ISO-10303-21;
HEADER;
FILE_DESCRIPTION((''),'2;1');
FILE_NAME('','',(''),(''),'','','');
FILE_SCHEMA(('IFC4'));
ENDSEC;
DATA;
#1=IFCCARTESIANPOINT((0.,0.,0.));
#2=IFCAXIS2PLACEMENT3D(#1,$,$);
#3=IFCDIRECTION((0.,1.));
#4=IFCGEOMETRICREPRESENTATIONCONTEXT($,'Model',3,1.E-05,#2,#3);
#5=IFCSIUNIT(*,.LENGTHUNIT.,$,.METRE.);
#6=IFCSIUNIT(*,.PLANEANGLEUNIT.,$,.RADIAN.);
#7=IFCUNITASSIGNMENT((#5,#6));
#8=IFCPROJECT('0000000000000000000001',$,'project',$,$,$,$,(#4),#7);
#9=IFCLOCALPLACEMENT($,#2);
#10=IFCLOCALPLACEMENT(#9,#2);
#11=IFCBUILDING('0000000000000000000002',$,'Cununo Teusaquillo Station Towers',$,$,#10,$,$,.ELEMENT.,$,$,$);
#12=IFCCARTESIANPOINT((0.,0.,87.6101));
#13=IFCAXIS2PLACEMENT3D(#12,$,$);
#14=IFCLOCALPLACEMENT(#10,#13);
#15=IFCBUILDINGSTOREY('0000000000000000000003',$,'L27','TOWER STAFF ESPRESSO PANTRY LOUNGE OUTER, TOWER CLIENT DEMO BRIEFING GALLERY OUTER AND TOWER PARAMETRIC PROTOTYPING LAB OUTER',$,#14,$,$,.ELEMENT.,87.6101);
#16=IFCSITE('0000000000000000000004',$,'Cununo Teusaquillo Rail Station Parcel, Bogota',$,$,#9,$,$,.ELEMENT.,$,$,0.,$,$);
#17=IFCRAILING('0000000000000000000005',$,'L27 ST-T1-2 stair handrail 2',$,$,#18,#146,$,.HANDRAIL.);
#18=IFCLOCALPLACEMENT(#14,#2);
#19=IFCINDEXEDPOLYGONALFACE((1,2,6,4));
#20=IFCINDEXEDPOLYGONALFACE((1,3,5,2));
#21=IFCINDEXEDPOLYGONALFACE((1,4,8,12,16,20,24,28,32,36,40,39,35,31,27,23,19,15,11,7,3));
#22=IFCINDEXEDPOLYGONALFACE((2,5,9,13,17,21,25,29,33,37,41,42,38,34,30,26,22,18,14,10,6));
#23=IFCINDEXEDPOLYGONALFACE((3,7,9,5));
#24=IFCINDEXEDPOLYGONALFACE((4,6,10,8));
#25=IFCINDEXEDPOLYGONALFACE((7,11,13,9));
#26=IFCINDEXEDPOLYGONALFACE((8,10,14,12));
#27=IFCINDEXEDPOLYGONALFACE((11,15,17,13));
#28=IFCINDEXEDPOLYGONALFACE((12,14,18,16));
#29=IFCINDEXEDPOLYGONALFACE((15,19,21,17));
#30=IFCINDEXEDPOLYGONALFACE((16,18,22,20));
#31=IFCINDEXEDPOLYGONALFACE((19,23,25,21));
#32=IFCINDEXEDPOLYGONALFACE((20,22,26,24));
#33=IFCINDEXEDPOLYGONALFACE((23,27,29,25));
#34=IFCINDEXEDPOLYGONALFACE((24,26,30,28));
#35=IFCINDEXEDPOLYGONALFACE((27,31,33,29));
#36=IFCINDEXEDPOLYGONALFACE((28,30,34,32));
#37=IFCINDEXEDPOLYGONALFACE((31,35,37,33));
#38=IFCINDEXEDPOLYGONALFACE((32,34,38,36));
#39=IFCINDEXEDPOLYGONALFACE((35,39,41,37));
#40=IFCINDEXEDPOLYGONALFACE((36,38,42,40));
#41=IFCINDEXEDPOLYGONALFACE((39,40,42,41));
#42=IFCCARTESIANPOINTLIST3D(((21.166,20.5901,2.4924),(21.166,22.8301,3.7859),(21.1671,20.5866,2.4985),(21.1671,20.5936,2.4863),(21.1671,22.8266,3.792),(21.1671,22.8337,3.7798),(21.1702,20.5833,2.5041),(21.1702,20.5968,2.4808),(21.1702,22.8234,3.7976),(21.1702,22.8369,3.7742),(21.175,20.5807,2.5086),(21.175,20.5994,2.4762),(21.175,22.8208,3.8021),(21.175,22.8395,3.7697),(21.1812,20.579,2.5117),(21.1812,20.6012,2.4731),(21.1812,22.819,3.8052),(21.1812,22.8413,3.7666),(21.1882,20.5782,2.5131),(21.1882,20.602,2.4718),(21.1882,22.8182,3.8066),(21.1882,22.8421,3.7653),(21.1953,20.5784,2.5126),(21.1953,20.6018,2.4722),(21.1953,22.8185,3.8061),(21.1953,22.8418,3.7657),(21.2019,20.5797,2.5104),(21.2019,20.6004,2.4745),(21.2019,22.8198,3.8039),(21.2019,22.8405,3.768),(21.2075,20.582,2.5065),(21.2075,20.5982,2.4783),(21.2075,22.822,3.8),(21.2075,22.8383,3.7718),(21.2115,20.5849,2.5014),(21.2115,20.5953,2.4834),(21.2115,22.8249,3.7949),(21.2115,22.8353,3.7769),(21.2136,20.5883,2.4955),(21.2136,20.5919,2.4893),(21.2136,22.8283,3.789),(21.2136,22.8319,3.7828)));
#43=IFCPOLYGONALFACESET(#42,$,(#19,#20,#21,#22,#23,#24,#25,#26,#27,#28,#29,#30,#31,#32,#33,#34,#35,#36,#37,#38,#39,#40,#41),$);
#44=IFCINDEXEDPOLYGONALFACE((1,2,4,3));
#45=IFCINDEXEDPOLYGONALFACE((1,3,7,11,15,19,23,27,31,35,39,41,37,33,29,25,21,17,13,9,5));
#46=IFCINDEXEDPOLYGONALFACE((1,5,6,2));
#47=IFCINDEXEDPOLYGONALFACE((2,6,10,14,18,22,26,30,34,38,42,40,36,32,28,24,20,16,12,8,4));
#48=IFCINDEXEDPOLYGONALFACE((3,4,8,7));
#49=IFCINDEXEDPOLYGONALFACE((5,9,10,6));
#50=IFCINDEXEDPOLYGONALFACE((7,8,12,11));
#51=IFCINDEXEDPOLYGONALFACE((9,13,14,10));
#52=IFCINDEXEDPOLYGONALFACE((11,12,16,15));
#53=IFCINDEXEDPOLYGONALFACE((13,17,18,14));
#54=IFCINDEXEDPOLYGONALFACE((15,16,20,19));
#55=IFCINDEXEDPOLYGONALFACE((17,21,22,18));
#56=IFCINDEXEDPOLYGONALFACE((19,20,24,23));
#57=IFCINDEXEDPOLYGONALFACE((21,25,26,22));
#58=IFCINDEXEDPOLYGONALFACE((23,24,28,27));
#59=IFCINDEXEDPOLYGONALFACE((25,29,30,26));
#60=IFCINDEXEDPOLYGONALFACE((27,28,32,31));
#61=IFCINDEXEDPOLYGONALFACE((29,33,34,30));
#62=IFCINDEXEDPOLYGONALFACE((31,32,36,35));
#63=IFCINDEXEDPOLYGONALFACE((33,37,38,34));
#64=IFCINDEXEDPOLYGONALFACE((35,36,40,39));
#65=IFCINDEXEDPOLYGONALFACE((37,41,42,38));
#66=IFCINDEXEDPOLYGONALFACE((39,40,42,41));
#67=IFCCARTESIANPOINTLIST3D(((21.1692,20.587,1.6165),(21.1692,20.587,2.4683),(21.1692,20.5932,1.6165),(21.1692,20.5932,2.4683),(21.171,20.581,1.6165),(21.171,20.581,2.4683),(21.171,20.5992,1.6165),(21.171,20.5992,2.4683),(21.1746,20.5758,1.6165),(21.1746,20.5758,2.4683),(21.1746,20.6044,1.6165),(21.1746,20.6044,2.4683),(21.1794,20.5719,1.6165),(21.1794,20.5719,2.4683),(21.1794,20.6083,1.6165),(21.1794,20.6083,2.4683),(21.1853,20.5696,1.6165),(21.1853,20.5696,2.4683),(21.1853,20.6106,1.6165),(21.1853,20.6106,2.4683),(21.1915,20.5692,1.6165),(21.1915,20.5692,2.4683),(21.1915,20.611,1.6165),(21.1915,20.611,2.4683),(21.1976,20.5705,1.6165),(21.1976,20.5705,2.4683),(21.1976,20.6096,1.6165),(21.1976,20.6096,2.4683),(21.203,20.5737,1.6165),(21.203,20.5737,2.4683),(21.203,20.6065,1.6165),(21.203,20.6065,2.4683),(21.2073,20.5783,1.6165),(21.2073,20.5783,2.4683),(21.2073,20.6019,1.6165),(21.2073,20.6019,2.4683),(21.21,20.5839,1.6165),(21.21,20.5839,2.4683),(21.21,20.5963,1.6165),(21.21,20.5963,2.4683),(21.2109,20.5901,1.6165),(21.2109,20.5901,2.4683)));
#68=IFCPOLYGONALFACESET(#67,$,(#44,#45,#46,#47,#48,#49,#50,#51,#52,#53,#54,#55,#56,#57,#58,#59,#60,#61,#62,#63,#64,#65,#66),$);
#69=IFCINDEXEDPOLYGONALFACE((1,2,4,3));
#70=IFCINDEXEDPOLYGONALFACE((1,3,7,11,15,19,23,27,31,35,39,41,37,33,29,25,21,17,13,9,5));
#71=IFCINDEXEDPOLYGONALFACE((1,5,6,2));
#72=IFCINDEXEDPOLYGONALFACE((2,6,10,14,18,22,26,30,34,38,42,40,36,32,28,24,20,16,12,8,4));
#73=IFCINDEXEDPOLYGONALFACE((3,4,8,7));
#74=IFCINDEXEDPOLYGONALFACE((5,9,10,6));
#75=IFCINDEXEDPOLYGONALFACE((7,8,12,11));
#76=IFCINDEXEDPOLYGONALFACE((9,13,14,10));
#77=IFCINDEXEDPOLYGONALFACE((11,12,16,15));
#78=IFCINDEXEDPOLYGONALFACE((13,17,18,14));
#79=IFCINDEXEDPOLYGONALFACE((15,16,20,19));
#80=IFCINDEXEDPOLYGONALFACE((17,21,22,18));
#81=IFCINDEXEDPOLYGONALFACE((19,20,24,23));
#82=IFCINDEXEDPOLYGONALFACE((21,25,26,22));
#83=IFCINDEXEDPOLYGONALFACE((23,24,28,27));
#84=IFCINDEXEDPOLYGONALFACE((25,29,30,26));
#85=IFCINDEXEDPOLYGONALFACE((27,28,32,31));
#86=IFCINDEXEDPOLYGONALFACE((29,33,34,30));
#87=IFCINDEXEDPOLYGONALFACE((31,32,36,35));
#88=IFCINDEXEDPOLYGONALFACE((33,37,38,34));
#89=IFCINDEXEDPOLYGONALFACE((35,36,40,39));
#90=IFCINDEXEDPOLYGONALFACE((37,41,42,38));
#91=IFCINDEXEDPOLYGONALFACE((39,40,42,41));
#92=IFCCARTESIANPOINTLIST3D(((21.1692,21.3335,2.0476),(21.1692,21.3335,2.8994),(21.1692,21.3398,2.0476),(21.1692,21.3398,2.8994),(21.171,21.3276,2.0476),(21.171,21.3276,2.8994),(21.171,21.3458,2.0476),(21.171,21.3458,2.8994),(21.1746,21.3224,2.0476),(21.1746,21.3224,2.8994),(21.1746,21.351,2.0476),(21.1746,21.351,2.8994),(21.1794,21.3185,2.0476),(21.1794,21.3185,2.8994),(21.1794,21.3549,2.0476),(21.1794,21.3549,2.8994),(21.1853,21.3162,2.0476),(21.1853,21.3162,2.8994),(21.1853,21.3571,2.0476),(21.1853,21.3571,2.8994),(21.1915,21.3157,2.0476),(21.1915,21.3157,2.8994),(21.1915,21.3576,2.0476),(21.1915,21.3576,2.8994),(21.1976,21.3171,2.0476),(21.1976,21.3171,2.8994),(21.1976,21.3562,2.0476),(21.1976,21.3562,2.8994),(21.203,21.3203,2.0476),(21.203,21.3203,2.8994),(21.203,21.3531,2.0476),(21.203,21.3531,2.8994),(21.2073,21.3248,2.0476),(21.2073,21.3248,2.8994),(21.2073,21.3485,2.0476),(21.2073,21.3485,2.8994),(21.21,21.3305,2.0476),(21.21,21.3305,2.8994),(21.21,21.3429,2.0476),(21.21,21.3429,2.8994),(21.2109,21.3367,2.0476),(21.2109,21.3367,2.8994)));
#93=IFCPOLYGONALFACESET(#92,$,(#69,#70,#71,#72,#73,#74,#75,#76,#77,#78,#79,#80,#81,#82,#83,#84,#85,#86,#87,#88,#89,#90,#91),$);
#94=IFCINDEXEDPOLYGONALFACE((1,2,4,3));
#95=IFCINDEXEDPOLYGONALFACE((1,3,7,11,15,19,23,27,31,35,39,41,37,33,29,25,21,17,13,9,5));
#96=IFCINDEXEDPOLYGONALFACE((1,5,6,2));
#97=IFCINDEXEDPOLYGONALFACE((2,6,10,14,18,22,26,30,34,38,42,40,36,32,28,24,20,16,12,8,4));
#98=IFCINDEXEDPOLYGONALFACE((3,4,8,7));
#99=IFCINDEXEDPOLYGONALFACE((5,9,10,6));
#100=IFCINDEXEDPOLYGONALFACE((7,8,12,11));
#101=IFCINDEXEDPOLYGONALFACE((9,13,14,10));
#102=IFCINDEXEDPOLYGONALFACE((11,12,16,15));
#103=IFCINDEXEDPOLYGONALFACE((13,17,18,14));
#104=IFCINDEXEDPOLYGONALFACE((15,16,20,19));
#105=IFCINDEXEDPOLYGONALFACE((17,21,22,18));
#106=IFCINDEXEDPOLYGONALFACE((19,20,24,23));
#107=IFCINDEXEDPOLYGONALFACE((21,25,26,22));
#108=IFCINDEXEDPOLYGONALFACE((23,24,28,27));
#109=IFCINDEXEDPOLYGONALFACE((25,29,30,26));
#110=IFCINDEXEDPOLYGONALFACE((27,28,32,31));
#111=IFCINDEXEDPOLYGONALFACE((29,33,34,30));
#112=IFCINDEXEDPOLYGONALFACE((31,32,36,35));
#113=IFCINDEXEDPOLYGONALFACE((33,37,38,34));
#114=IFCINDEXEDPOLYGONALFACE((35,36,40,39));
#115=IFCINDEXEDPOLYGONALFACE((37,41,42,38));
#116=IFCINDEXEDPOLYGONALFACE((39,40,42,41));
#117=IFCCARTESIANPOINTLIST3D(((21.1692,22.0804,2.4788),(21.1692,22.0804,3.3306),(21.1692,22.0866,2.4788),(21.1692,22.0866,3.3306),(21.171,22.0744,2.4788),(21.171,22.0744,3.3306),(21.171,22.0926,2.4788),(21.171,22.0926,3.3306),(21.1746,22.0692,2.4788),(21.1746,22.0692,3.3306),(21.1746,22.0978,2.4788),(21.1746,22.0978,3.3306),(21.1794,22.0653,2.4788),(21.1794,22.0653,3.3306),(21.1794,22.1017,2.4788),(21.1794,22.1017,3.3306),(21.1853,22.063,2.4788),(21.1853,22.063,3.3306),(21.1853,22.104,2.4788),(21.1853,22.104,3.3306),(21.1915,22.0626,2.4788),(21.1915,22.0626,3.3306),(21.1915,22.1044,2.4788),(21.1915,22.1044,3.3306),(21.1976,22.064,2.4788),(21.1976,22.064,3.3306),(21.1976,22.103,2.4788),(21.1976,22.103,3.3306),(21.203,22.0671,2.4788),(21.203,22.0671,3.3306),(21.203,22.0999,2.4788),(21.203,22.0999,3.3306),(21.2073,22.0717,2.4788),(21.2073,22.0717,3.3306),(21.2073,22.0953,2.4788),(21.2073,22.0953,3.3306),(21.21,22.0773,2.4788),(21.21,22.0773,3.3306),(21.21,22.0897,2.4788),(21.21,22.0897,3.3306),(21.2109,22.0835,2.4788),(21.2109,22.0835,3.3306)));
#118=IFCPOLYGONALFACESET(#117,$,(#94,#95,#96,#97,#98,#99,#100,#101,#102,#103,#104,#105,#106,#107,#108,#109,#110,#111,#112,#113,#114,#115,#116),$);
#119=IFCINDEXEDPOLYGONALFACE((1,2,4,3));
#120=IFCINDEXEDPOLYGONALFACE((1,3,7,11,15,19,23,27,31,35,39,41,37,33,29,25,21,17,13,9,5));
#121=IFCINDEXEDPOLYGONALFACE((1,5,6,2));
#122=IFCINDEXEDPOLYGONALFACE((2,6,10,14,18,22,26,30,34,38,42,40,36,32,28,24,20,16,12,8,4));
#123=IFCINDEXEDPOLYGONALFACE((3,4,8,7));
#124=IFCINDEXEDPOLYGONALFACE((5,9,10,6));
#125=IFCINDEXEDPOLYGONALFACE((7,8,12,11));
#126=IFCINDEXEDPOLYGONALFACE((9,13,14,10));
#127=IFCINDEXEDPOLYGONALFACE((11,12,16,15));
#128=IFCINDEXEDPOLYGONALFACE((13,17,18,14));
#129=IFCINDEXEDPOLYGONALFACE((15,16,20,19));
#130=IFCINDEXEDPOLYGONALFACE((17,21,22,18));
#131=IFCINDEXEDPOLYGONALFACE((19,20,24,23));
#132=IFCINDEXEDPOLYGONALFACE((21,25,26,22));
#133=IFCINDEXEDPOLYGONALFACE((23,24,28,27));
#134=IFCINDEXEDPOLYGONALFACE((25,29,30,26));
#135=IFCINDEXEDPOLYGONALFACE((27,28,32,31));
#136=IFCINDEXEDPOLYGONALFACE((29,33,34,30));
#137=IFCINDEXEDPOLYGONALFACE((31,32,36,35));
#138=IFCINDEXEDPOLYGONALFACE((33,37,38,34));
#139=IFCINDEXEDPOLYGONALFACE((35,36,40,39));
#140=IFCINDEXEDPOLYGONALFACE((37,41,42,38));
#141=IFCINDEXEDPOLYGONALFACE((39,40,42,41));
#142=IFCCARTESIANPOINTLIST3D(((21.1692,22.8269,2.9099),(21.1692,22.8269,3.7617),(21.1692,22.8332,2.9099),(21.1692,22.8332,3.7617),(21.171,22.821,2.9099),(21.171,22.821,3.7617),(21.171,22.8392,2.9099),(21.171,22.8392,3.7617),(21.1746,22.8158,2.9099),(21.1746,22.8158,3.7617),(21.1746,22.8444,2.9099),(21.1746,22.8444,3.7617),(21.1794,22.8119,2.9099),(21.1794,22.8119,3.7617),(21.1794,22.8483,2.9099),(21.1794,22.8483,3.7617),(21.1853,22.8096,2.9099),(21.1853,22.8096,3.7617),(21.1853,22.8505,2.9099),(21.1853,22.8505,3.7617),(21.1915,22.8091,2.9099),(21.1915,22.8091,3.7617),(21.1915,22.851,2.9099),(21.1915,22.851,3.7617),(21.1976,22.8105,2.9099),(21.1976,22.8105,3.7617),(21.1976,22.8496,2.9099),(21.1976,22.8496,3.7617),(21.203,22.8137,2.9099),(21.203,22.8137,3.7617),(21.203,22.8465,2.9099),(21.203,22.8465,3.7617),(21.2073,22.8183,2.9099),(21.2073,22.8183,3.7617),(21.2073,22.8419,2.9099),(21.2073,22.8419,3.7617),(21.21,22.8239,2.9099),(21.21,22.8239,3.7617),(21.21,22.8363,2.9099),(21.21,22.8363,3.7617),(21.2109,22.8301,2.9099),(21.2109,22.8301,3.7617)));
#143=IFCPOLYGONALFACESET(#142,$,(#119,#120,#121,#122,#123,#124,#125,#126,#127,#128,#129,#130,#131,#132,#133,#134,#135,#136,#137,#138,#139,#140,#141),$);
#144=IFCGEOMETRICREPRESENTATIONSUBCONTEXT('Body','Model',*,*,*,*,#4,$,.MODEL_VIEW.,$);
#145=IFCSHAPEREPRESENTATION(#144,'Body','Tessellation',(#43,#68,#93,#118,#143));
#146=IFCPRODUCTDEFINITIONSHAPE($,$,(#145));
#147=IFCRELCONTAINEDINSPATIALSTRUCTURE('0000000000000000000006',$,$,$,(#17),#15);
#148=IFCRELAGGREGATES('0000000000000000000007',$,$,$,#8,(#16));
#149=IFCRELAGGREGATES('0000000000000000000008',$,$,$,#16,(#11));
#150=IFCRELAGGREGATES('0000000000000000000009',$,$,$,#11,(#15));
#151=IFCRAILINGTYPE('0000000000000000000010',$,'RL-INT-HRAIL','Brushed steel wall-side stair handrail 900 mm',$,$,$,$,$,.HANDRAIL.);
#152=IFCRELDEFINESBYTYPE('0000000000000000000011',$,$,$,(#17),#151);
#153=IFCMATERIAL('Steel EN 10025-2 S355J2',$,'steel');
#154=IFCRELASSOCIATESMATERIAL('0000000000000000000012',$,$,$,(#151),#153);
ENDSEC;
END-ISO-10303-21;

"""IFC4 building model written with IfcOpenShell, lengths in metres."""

from ifc_helpers import new_model, si_unit, direction, frame, origin, origin_2d, place, context, subcontext, project, spatial, circle, extrude, material, type_object, element, save


model = new_model("IFC4")

# Units and contexts
model_context = context("Model", 3, precision=1e-05, world=origin(), true_north=direction((0.0, 1.0)))
body_context = subcontext(model_context, "Body", "Model", "MODEL_VIEW")
ifc_project = project(units=[si_unit("LENGTHUNIT", "METRE"), si_unit("PLANEANGLEUNIT", "RADIAN")], contexts=[model_context])

# Site, building, storey
site_placement = place(None, origin())
site = spatial("IfcSite", under=ifc_project, at=site_placement, Name="Cununo Teusaquillo Rail Station Parcel, Bogota", CompositionType="ELEMENT", RefElevation=0.0)
building_placement = place(site_placement, origin())
building = spatial("IfcBuilding", under=site, at=building_placement, Name="Cununo Teusaquillo Station Towers", CompositionType="ELEMENT")
storey_placement = place(building_placement, frame((0.0, 0.0, 87.6101)))
storey = spatial("IfcBuildingStorey", under=building, at=storey_placement, Name="L27", Description="TOWER STAFF ESPRESSO PANTRY LOUNGE OUTER, TOWER CLIENT DEMO BRIEFING GALLERY OUTER AND TOWER PARAMETRIC PROTOTYPING LAB OUTER", CompositionType="ELEMENT", Elevation=87.6101)

# Railing
ifc_material_1 = material(Name="Steel EN 10025-2 S355J2", Category="steel")
railing_type_1 = type_object("IfcRailingType", Name="RL-INT-HRAIL", Description="Brushed steel wall-side stair handrail 900 mm", PredefinedType="HANDRAIL", material=ifc_material_1)
railing_1_placement = place(storey_placement, frame((21.1899, 20.5901, 1.6165)))
element("IfcRailing", 1, at=railing_1_placement, inside=storey, type_object=railing_type_1, Name="L27 ST-T1-2 stair handrail 2", PredefinedType="HANDRAIL", context=body_context, shape_type="SweptSolid", body=[
    extrude(circle(Radius=0.0239, at=origin_2d()), frame((0.0, 0.0, 0.876), z_axis=(0.0, 0.865992, 0.500057), x_axis=(-1.0, 0.0, 0.0)), (0.0, 0.0, 1.0), 2.5867),
    extrude(circle(Radius=0.021, at=origin_2d()), origin(), (0.0, 0.0, 1.0), 0.8518),
    extrude(circle(Radius=0.021, at=origin_2d()), frame((0.0, 0.7466, 0.4312)), (0.0, 0.0, 1.0), 0.8518),
    extrude(circle(Radius=0.021, at=origin_2d()), frame((0.0, 1.4934, 0.8623)), (0.0, 0.0, 1.0), 0.8518),
    extrude(circle(Radius=0.021, at=origin_2d()), frame((0.0, 2.24, 1.2935)), (0.0, 0.0, 1.0), 0.8518),
])

save(model, "model.ifc")
